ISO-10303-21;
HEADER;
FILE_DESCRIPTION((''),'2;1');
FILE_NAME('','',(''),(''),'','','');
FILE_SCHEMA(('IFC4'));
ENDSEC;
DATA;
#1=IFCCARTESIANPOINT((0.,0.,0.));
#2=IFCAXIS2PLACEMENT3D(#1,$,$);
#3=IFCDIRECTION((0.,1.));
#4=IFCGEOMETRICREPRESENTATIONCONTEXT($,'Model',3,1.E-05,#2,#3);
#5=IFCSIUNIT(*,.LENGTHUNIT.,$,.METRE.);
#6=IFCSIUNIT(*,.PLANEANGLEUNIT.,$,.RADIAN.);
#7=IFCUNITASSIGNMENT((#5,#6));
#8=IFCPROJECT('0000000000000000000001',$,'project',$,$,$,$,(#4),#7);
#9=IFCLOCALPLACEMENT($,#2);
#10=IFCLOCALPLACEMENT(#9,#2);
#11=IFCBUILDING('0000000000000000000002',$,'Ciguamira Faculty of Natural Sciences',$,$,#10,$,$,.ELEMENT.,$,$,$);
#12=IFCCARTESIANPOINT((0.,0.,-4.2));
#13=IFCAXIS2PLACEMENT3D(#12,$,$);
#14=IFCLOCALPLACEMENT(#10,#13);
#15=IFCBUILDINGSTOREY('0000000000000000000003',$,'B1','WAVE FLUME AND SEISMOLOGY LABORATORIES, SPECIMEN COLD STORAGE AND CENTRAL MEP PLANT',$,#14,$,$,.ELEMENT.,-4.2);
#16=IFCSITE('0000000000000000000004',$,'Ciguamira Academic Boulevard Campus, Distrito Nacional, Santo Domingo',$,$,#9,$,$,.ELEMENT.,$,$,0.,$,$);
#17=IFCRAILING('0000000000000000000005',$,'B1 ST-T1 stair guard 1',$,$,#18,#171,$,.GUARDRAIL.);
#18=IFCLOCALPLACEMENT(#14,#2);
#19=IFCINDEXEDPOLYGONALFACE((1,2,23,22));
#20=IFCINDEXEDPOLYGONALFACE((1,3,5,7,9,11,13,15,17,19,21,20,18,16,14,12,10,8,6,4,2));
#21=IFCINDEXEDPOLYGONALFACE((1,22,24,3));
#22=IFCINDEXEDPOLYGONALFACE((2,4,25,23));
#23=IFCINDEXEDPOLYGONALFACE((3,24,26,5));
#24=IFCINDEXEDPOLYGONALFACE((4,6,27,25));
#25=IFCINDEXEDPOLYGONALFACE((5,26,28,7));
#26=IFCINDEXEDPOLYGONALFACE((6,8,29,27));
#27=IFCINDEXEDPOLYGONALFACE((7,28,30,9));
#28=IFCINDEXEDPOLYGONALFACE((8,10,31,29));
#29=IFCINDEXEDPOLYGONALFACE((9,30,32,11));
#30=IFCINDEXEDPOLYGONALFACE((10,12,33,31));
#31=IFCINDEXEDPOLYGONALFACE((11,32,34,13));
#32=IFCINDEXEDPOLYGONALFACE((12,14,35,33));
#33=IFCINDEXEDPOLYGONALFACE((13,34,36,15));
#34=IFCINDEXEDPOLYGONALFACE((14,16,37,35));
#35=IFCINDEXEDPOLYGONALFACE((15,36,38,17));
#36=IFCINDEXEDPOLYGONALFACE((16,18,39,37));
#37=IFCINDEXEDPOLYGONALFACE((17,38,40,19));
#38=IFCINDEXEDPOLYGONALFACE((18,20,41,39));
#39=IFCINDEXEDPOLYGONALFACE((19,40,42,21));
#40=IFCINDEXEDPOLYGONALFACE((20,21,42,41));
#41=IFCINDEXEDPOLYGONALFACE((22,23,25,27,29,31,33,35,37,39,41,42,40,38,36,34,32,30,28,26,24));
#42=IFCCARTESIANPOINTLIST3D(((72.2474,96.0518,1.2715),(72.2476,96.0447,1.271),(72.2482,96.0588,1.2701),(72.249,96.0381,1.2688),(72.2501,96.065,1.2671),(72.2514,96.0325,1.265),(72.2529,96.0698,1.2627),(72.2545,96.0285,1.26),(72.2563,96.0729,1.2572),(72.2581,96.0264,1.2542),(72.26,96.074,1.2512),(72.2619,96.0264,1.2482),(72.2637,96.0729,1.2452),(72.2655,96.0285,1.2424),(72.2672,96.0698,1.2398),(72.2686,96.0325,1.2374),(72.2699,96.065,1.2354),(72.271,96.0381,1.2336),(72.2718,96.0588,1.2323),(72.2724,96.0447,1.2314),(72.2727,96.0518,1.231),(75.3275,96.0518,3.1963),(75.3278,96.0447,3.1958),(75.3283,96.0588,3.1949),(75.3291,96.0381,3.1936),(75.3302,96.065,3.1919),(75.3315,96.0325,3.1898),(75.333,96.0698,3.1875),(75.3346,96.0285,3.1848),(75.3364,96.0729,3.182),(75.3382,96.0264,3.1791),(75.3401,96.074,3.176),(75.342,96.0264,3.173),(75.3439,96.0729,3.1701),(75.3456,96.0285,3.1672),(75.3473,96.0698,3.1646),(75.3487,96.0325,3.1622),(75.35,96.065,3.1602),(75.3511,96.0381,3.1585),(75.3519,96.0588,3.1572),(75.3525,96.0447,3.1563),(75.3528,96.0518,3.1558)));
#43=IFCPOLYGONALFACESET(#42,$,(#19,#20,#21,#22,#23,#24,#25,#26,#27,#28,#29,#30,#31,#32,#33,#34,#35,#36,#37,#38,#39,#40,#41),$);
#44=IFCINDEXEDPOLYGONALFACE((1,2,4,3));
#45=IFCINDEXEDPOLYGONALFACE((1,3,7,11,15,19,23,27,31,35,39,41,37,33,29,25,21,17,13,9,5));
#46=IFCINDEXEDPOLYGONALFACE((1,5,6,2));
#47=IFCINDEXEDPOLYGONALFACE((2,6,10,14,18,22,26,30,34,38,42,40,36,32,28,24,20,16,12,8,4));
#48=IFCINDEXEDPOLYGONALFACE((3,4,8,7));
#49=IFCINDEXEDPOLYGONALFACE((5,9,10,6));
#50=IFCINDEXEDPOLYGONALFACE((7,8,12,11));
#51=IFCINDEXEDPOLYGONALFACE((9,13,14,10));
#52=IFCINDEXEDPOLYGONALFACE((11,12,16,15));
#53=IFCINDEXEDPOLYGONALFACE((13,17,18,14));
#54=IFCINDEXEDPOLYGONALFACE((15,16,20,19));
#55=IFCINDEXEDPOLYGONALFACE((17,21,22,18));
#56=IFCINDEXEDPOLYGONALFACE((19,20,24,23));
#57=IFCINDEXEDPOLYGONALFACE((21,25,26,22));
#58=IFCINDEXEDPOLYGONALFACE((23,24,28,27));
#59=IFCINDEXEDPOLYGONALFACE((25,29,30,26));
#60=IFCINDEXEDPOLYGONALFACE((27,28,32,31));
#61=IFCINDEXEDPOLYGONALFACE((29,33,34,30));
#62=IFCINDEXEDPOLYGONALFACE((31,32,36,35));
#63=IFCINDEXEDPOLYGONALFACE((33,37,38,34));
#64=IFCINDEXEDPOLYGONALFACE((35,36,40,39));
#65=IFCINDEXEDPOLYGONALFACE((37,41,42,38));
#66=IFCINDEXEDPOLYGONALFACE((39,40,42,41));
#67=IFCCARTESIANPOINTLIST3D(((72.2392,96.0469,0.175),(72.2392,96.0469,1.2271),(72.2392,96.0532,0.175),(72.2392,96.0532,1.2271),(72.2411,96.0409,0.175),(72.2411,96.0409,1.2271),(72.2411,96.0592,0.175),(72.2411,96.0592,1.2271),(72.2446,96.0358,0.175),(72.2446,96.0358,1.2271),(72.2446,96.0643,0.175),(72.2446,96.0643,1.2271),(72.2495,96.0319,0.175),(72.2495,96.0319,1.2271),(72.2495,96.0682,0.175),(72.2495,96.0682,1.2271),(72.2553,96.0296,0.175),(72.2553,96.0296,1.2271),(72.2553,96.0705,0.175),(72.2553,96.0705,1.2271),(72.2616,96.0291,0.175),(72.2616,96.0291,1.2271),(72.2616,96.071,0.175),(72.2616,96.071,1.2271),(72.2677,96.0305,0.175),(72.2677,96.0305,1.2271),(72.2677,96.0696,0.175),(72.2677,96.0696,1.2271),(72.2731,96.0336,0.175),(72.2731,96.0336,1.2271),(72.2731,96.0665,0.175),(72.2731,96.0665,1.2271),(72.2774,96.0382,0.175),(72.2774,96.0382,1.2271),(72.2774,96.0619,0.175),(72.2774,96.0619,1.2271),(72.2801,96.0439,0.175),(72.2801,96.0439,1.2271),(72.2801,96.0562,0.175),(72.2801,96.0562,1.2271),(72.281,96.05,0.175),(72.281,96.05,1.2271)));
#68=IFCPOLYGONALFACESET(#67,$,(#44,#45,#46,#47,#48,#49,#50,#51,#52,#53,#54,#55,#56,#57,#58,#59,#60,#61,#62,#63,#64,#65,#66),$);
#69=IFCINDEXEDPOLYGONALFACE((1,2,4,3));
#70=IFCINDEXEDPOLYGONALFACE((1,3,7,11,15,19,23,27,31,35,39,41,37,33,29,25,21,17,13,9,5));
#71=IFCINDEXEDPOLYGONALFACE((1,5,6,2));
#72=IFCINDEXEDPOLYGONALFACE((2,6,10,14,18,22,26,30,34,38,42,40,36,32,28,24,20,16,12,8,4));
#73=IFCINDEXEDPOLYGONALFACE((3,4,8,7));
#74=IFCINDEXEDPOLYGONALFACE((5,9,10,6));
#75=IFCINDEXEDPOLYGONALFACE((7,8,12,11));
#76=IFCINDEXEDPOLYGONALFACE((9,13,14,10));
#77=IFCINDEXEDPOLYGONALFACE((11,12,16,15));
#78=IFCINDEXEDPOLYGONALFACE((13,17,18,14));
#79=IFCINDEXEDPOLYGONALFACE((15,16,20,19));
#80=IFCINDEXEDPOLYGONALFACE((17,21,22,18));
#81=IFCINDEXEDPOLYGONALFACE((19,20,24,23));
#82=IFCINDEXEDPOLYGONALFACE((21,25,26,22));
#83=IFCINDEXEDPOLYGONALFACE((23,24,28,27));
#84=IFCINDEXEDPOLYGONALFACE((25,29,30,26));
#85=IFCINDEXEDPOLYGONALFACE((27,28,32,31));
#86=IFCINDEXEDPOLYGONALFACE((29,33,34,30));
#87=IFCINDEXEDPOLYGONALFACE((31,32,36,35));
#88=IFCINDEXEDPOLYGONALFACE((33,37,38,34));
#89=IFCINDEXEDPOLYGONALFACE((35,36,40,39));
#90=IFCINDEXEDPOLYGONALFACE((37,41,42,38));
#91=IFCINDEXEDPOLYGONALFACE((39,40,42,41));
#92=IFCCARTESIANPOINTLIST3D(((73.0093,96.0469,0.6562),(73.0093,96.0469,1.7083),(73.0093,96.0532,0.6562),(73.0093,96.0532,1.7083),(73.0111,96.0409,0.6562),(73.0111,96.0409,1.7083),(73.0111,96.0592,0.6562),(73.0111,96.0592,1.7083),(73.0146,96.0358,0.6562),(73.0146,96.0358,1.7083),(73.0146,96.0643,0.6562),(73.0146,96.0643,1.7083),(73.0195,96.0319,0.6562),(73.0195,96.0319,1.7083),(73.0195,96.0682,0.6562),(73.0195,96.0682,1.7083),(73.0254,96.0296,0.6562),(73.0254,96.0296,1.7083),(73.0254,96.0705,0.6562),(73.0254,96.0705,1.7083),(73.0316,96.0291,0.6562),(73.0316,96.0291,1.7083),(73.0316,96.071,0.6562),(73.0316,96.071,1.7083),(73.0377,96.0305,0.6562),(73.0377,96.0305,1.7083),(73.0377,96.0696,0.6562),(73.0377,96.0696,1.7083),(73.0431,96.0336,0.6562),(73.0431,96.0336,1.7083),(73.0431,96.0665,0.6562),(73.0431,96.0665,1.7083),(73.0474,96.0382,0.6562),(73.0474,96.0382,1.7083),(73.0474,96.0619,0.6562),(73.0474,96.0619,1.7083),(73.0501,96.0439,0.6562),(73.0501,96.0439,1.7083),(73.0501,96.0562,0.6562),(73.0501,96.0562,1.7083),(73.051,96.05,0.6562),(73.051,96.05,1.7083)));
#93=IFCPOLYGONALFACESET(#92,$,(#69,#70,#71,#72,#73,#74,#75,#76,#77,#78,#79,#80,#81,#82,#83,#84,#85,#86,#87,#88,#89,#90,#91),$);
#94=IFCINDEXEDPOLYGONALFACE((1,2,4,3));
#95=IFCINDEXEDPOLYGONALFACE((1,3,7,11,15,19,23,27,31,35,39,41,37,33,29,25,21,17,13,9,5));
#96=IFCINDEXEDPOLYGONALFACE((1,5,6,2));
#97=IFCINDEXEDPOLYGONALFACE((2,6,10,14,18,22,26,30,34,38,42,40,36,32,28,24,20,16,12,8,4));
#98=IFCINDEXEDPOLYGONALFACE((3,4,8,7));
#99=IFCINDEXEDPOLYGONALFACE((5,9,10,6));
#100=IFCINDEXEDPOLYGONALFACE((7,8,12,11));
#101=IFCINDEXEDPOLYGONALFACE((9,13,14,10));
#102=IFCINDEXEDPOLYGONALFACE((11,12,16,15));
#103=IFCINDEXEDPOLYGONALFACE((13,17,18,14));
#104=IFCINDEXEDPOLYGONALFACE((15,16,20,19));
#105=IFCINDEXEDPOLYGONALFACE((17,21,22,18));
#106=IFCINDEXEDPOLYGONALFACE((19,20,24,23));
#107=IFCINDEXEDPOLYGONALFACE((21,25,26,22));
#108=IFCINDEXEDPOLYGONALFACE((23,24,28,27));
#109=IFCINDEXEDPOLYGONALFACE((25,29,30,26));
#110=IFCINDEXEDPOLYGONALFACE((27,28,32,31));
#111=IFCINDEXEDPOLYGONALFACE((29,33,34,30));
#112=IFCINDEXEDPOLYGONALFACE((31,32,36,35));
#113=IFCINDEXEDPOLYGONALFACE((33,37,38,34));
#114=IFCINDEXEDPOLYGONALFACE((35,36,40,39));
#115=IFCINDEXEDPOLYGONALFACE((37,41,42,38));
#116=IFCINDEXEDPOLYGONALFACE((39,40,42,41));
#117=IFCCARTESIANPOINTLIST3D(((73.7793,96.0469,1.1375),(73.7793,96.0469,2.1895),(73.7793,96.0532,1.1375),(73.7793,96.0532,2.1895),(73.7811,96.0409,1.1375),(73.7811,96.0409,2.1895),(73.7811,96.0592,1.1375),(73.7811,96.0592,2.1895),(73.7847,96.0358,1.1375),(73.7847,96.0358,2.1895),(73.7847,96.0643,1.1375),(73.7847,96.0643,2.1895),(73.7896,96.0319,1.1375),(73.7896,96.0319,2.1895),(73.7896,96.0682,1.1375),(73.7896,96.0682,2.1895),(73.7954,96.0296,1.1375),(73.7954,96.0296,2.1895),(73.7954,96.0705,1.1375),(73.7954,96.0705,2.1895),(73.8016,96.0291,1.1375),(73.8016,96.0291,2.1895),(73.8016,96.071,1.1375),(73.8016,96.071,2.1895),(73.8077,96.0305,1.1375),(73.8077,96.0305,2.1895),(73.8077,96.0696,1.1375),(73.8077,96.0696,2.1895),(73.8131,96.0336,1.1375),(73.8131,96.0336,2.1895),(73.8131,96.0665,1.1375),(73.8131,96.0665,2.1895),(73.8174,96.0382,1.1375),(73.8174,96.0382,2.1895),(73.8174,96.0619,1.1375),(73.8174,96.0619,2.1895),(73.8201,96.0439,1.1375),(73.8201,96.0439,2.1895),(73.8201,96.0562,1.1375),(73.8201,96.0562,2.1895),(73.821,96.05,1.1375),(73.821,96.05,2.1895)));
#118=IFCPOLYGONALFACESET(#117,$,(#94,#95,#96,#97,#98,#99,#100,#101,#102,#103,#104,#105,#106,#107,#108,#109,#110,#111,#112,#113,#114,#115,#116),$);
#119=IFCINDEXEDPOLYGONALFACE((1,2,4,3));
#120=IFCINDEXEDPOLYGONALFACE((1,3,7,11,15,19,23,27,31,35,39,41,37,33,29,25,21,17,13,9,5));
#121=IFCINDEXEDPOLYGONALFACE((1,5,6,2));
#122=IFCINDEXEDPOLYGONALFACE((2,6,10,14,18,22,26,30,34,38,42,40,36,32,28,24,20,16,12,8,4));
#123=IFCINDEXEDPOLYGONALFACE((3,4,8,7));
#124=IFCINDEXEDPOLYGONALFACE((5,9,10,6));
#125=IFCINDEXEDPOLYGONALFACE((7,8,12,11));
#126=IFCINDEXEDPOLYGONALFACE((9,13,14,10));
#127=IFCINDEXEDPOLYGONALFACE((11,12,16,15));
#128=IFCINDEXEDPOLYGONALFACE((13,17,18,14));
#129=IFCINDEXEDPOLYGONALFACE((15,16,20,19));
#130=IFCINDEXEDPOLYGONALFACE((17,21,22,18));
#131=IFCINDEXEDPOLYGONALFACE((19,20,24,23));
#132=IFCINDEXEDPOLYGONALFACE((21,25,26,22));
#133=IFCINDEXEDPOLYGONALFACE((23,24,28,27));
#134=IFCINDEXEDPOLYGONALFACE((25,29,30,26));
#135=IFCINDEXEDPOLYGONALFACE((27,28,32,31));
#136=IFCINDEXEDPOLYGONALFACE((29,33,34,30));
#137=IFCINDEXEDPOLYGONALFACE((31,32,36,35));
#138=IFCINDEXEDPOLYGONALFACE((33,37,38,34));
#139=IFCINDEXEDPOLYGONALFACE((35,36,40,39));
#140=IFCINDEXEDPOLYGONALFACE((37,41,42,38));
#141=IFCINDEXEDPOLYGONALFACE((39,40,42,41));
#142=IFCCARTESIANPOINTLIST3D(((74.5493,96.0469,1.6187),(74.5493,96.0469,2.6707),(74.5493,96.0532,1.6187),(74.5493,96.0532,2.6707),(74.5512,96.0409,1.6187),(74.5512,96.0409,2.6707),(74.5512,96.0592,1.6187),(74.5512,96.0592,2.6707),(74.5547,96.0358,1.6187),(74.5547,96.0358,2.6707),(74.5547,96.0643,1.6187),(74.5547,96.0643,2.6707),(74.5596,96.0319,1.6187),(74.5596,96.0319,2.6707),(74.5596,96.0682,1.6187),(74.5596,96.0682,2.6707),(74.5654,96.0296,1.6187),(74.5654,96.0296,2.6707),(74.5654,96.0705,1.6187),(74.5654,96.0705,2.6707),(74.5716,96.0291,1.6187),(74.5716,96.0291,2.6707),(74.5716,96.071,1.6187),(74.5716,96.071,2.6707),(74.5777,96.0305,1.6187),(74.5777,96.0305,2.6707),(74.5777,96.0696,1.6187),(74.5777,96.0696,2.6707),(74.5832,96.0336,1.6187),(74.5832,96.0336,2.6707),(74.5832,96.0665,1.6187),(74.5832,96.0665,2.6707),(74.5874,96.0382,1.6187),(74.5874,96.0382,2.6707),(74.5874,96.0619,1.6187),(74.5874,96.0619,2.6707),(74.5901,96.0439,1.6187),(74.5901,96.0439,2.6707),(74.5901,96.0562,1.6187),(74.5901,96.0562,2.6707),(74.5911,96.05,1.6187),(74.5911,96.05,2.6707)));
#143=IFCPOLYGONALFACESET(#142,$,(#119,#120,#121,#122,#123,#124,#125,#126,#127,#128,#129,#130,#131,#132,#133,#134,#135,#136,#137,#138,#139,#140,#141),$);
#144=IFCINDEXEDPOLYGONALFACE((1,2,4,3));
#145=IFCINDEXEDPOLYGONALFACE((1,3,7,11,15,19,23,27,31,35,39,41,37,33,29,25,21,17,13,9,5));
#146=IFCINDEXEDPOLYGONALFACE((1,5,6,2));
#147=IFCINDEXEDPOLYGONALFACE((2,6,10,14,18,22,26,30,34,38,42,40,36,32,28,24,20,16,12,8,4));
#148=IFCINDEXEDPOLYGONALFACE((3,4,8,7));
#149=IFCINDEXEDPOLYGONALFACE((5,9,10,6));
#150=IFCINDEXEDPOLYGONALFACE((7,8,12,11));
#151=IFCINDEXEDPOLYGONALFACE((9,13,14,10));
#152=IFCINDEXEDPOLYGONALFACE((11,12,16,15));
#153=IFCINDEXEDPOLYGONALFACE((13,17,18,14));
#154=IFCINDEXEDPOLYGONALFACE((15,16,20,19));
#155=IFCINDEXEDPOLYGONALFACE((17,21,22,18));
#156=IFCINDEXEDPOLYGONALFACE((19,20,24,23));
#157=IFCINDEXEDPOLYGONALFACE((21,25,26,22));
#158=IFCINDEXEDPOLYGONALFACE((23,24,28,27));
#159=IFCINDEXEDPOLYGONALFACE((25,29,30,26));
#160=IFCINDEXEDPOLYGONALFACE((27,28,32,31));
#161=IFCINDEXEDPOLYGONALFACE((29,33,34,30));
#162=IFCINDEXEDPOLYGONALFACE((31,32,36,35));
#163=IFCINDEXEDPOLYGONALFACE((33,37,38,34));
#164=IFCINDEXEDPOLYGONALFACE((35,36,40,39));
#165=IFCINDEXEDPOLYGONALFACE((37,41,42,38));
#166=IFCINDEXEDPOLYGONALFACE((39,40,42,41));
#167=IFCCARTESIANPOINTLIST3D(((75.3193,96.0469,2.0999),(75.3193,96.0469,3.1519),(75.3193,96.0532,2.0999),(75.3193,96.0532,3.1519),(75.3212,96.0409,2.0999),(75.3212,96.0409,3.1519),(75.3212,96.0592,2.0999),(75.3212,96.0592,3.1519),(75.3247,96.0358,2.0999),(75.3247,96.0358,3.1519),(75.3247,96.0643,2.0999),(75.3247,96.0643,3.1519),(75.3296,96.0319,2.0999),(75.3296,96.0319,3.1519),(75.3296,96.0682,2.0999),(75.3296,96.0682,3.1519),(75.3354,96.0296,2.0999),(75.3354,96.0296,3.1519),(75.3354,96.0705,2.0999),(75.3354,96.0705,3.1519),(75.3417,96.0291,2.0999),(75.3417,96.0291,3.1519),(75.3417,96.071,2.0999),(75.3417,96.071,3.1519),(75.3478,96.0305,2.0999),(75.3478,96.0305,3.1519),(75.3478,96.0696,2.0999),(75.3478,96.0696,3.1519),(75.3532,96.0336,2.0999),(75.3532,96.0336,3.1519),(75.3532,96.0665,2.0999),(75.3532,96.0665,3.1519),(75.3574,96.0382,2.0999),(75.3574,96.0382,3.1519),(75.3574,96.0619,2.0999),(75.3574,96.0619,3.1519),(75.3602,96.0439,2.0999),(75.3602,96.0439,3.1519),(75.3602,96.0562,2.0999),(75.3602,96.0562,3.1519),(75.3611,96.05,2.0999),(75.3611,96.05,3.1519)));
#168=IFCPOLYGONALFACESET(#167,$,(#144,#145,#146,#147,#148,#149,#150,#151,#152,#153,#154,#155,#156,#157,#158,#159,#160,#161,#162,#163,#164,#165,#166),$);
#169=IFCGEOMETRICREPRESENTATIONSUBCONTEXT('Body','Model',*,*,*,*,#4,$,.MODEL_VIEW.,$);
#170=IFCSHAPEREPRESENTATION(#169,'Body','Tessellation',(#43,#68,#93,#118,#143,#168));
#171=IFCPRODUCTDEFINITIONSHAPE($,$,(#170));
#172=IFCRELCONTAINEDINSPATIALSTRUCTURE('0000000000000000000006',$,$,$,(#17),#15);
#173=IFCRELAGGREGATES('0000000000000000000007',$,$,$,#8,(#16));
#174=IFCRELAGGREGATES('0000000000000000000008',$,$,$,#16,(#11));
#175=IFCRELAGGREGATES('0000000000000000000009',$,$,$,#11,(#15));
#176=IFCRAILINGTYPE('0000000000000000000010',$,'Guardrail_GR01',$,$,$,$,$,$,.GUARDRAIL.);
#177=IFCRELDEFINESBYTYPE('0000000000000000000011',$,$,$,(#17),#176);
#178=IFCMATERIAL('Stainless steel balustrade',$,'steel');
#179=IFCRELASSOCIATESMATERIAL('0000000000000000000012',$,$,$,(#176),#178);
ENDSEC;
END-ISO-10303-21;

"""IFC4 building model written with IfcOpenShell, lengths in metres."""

from ifc_helpers import new_model, si_unit, direction, frame, origin, origin_2d, place, context, subcontext, project, spatial, circle, extrude, material, type_object, element, save


model = new_model("IFC4")

# Units and contexts
model_context = context("Model", 3, precision=1e-05, world=origin(), true_north=direction((0.0, 1.0)))
body_context = subcontext(model_context, "Body", "Model", "MODEL_VIEW")
ifc_project = project(units=[si_unit("LENGTHUNIT", "METRE"), si_unit("PLANEANGLEUNIT", "RADIAN")], contexts=[model_context])

# Site, building, storey
site_placement = place(None, origin())
site = spatial("IfcSite", under=ifc_project, at=site_placement, Name="Ciguamira Academic Boulevard Campus, Distrito Nacional, Santo Domingo", CompositionType="ELEMENT", RefElevation=0.0)
building_placement = place(site_placement, origin())
building = spatial("IfcBuilding", under=site, at=building_placement, Name="Ciguamira Faculty of Natural Sciences", CompositionType="ELEMENT")
storey_placement = place(building_placement, frame((0.0, 0.0, -4.2)))
storey = spatial("IfcBuildingStorey", under=building, at=storey_placement, Name="B1", Description="WAVE FLUME AND SEISMOLOGY LABORATORIES, SPECIMEN COLD STORAGE AND CENTRAL MEP PLANT", CompositionType="ELEMENT", Elevation=-4.2)

# Railing
ifc_material_1 = material(Name="Stainless steel balustrade", Category="steel")
railing_type_1 = type_object("IfcRailingType", Name="Guardrail_GR01", PredefinedType="GUARDRAIL", material=ifc_material_1)
railing_1_placement = place(storey_placement, frame((72.26, 96.05, 0.175)))
element("IfcRailing", 1, at=railing_1_placement, inside=storey, type_object=railing_type_1, Name="B1 ST-T1 stair guard 1", PredefinedType="GUARDRAIL", context=body_context, shape_type="SweptSolid", body=[
    extrude(circle(Radius=0.0239, at=origin_2d()), frame((0.0, 0.0, 1.0762), z_axis=(0.848029, 0.0, 0.529951), x_axis=(0.0, 1.0, 0.0)), (0.0, 0.0, 1.0), 3.6321),
    extrude(circle(Radius=0.021, at=origin_2d()), origin(), (0.0, 0.0, 1.0), 1.052),
    extrude(circle(Radius=0.021, at=origin_2d()), frame((0.77, 0.0, 0.4812)), (0.0, 0.0, 1.0), 1.052),
    extrude(circle(Radius=0.021, at=origin_2d()), frame((1.54, 0.0, 0.9624)), (0.0, 0.0, 1.0), 1.052),
    extrude(circle(Radius=0.021, at=origin_2d()), frame((2.3101, 0.0, 1.4436)), (0.0, 0.0, 1.0), 1.052),
    extrude(circle(Radius=0.021, at=origin_2d()), frame((3.0801, 0.0, 1.9248)), (0.0, 0.0, 1.0), 1.052),
])

save(model, "model.ifc")
